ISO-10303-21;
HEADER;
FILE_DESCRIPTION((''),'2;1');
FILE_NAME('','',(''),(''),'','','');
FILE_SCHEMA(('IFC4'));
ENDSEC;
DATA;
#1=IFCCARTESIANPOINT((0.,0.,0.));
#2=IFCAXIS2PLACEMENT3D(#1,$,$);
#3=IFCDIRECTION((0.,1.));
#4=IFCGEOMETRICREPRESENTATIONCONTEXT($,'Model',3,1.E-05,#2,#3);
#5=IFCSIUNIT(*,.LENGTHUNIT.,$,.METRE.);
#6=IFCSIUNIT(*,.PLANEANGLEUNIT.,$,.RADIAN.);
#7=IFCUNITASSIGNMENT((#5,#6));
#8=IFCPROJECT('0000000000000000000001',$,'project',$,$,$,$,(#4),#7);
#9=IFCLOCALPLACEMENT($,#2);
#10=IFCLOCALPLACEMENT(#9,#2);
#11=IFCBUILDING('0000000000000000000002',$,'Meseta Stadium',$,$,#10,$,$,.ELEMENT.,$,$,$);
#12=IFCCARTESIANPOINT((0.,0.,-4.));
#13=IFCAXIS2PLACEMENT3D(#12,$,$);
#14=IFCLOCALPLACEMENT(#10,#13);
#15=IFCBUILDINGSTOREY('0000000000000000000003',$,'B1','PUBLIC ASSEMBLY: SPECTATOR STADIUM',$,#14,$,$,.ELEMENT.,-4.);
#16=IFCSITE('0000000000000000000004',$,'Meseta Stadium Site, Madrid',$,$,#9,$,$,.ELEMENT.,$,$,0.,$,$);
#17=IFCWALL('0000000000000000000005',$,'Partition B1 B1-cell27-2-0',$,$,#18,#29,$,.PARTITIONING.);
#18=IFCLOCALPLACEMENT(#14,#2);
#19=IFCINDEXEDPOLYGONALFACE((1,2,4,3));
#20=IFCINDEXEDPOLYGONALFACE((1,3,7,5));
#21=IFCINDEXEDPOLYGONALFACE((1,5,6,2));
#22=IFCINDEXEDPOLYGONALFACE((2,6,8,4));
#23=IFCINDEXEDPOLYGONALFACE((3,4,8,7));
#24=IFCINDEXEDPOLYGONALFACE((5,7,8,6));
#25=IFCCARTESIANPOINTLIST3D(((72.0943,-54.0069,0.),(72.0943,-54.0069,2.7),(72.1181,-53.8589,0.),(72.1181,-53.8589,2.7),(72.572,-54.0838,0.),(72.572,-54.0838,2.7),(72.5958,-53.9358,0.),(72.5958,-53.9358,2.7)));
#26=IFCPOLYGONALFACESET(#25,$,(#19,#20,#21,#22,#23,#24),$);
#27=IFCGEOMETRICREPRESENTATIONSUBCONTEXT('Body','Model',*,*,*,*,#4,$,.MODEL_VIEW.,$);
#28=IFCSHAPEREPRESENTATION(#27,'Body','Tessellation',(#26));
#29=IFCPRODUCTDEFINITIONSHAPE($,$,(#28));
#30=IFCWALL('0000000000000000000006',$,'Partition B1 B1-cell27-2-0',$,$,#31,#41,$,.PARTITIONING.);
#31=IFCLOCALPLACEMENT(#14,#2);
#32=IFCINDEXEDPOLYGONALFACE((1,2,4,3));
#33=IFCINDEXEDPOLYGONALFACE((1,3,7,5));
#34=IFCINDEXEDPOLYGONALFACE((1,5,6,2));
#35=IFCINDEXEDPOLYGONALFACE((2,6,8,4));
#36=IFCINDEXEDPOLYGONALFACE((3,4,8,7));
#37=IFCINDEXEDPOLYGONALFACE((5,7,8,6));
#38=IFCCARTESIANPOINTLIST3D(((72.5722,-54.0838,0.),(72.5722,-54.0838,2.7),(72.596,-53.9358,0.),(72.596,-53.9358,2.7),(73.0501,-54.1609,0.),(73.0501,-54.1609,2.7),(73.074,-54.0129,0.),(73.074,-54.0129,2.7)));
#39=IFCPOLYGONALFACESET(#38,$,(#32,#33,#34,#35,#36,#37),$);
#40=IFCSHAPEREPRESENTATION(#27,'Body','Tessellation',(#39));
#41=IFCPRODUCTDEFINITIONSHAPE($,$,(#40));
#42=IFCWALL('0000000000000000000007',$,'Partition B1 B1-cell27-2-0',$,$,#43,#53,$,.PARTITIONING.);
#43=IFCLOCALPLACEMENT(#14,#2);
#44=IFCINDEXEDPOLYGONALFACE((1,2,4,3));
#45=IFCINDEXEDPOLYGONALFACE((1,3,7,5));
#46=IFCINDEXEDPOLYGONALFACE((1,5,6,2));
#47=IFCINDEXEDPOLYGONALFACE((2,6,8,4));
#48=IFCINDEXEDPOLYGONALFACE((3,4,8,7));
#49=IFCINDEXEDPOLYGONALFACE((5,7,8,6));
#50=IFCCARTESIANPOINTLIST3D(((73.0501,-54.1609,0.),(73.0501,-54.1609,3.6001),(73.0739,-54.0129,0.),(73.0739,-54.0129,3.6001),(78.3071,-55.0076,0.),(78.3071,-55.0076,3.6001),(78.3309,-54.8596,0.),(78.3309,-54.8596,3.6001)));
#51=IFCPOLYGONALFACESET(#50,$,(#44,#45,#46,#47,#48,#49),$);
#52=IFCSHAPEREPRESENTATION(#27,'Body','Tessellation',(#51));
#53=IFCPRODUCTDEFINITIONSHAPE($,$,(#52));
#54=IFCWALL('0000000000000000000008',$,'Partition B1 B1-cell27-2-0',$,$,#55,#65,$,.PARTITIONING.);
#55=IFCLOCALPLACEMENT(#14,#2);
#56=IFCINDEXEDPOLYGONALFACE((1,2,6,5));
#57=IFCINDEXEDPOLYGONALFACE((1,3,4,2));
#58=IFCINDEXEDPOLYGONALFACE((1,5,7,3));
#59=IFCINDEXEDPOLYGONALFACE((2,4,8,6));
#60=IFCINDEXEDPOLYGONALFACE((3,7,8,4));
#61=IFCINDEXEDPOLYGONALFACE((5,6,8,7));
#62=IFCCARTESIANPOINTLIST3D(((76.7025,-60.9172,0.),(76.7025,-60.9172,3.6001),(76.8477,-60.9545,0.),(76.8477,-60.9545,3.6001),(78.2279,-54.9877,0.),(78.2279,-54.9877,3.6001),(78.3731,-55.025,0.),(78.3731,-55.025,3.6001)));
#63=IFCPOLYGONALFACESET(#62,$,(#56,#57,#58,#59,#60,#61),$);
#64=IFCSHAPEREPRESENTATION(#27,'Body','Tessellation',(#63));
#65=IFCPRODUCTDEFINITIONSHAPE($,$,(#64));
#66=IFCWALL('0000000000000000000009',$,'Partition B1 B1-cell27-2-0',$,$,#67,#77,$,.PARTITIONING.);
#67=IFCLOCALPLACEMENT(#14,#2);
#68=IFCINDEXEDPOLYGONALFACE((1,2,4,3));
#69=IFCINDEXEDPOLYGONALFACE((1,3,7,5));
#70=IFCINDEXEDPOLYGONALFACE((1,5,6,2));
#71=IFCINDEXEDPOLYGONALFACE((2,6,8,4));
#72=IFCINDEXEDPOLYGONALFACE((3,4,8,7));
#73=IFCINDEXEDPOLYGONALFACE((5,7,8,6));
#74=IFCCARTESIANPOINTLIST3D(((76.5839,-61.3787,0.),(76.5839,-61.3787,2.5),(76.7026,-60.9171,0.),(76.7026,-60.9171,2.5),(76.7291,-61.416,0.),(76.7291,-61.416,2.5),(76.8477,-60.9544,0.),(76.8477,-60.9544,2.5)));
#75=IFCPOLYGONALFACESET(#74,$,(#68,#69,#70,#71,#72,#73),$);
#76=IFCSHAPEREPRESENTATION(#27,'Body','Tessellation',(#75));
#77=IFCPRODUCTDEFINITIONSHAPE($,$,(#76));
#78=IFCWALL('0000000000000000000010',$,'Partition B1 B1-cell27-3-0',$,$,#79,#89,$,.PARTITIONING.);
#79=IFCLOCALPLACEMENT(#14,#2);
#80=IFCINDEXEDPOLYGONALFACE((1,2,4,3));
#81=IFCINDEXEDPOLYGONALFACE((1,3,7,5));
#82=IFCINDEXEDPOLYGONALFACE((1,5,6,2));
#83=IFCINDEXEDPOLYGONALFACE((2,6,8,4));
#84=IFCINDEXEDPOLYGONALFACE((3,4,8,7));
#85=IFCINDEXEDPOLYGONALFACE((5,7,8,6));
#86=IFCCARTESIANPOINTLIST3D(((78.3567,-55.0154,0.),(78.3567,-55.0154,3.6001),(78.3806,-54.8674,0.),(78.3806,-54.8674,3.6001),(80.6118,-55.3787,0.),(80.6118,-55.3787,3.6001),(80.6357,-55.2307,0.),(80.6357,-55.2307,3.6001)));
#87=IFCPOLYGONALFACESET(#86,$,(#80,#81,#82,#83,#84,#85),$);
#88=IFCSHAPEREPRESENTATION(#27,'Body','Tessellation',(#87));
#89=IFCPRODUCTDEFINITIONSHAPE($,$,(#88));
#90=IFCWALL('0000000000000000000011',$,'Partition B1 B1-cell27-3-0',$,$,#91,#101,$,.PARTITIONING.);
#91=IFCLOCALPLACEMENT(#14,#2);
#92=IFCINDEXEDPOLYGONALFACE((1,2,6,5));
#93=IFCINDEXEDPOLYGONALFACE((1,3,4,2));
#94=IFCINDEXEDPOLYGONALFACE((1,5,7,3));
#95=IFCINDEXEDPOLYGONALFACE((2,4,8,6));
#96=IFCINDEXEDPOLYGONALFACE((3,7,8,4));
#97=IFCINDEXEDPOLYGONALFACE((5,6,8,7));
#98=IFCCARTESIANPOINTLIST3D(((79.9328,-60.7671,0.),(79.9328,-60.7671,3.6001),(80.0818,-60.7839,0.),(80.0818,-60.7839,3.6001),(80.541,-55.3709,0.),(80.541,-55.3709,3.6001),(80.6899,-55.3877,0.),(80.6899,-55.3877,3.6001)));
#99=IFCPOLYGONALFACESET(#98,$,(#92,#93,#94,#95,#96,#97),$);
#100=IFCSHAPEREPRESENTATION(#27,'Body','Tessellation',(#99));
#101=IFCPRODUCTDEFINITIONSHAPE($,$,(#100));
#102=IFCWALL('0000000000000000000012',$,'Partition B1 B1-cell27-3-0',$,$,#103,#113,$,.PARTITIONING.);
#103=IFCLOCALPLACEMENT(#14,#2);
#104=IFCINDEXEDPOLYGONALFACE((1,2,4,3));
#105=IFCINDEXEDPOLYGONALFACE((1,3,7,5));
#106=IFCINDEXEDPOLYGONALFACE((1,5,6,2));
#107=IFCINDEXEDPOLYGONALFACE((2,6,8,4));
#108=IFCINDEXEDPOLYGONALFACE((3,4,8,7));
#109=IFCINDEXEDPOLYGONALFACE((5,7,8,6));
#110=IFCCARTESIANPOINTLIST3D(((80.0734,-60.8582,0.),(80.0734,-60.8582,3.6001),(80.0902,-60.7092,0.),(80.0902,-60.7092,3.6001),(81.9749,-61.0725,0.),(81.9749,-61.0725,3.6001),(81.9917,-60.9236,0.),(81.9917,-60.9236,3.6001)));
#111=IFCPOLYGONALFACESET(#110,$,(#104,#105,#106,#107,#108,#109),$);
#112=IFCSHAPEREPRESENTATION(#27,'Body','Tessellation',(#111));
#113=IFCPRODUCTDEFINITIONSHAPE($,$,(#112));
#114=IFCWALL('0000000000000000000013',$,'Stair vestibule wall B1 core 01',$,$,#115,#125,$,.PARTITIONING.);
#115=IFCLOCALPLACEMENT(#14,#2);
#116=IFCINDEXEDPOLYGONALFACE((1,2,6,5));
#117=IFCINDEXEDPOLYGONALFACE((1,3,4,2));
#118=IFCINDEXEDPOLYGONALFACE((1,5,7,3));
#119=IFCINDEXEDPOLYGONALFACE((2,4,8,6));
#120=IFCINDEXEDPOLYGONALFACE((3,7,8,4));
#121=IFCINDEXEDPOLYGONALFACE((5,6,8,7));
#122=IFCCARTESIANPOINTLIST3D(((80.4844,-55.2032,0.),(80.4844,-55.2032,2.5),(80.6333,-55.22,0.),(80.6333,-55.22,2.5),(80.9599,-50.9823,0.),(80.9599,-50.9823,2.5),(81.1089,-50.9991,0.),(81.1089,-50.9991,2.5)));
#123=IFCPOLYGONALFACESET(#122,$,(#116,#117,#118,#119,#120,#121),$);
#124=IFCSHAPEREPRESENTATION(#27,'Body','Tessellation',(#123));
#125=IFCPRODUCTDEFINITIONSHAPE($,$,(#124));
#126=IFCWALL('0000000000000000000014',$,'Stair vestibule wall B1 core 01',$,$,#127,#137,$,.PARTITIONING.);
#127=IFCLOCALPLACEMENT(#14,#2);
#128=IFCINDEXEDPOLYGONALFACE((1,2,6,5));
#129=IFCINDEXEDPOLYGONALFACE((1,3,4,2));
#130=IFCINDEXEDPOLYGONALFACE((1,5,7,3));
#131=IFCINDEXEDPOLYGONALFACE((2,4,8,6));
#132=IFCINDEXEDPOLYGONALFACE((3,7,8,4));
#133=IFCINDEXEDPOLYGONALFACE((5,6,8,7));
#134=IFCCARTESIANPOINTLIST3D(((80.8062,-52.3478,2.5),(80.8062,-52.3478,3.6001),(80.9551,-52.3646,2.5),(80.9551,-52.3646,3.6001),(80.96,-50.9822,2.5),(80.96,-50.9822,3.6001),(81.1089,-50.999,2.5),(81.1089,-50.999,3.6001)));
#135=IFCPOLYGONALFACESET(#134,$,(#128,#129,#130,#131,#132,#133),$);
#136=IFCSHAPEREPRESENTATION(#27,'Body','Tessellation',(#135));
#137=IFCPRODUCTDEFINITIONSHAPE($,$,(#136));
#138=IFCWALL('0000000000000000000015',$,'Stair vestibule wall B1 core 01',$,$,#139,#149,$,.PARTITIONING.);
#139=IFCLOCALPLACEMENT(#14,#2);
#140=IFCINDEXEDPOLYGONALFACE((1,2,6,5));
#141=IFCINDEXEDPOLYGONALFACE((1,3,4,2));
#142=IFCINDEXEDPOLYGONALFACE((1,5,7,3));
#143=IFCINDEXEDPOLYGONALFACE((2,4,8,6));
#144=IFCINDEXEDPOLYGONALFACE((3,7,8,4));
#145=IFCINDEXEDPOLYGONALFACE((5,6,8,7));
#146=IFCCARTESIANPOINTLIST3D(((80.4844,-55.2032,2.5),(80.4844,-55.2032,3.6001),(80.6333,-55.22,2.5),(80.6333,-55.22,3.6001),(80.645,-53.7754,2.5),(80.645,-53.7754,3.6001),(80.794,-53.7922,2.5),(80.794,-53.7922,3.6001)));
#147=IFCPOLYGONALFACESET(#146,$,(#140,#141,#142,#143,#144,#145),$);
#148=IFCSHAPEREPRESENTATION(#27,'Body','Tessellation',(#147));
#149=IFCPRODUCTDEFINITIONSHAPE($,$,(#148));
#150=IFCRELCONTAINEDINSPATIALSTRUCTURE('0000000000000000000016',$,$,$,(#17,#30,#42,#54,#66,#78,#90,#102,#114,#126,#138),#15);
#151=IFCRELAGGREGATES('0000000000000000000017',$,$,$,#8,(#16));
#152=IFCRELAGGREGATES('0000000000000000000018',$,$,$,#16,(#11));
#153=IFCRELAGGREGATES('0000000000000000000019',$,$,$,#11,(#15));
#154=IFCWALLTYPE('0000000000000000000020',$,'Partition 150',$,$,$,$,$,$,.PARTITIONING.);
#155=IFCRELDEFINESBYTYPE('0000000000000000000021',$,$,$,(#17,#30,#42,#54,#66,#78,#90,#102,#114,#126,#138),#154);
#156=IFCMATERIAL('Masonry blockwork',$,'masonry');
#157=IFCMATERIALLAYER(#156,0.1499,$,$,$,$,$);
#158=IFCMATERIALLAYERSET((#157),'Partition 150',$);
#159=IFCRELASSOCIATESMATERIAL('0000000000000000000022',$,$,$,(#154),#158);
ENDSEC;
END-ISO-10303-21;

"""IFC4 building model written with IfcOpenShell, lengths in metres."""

from ifc_helpers import new_model, si_unit, direction, frame, frame_2d, origin, place, context, subcontext, project, spatial, rectangle, extrude, material, layer, layer_set, type_object, element, save


model = new_model("IFC4")

# Units and contexts
model_context = context("Model", 3, precision=1e-05, world=origin(), true_north=direction((0.0, 1.0)))
body_context = subcontext(model_context, "Body", "Model", "MODEL_VIEW")
ifc_project = project(units=[si_unit("LENGTHUNIT", "METRE"), si_unit("PLANEANGLEUNIT", "RADIAN")], contexts=[model_context])

# Site, building, storey
site_placement = place(None, origin())
site = spatial("IfcSite", under=ifc_project, at=site_placement, Name="Meseta Stadium Site, Madrid", CompositionType="ELEMENT", RefElevation=0.0)
building_placement = place(site_placement, origin())
building = spatial("IfcBuilding", under=site, at=building_placement, Name="Meseta Stadium", CompositionType="ELEMENT")
storey_placement = place(building_placement, frame((0.0, 0.0, -4.0)))
storey = spatial("IfcBuildingStorey", under=building, at=storey_placement, Name="B1", Description="PUBLIC ASSEMBLY: SPECTATOR STADIUM", CompositionType="ELEMENT", Elevation=-4.0)

# Shared definitions
ifc_material_1 = material(Name="Masonry blockwork", Category="masonry")
ifc_layer = layer(ifc_material_1, 0.1499)
ifc_layer_set = layer_set([ifc_layer], Name="Partition 150")
wall_type = type_object("IfcWallType", Name="Partition 150", PredefinedType="PARTITIONING", material=ifc_layer_set)

# Walls
wall_1_placement = place(storey_placement, frame((72.1062, -53.9329, 0.0), z_axis=(0.0, 0.0, 1.0), x_axis=(0.987292, -0.158915, 0.0)))
element("IfcWall", 1, at=wall_1_placement, inside=storey, type_object=wall_type, Name="Partition B1 B1-cell27-2-0", PredefinedType="PARTITIONING", context=body_context, shape_type="SweptSolid", body=[
    extrude(rectangle(XDim=0.4839, YDim=0.1499, at=frame_2d((0.2419, 0.0))), origin(), (0.0, 0.0, 1.0), 2.7),
])
wall_2_placement = place(storey_placement, frame((72.584, -54.0098, 0.0), z_axis=(0.0, 0.0, 1.0), x_axis=(0.987226, -0.159328, 0.0)))
element("IfcWall", 2, at=wall_2_placement, inside=storey, type_object=wall_type, Name="Partition B1 B1-cell27-2-0", PredefinedType="PARTITIONING", context=body_context, shape_type="SweptSolid", body=[
    extrude(rectangle(XDim=0.4841, YDim=0.1499, at=frame_2d((0.2422, 0.0))), origin(), (0.0, 0.0, 1.0), 2.7),
])
wall_3_placement = place(storey_placement, frame((73.062, -54.0869, 0.0), z_axis=(0.0, 0.0, 1.0), x_axis=(0.987278, -0.159006, 0.0)))
element("IfcWall", 3, at=wall_3_placement, inside=storey, type_object=wall_type, Name="Partition B1 B1-cell27-2-0", PredefinedType="PARTITIONING", context=body_context, shape_type="SweptSolid", body=[
    extrude(rectangle(XDim=5.3247, YDim=0.1499, at=frame_2d((2.6624, 0.0))), origin(), (0.0, 0.0, 1.0), 3.6001),
])
wall_4_placement = place(storey_placement, frame((78.3005, -55.0063, 0.0), z_axis=(0.0, 0.0, 1.0), x_axis=(-0.249145, -0.968466, 0.0)))
element("IfcWall", 4, at=wall_4_placement, inside=storey, type_object=wall_type, Name="Partition B1 B1-cell27-2-0", PredefinedType="PARTITIONING", context=body_context, shape_type="SweptSolid", body=[
    extrude(rectangle(XDim=6.1226, YDim=0.1499, at=frame_2d((3.0613, 0.0))), origin(), (0.0, 0.0, 1.0), 3.6001),
])
wall_5_placement = place(storey_placement, frame((76.7751, -60.9358, 0.0), z_axis=(0.0, 0.0, 1.0), x_axis=(-0.248918, -0.968525, 0.0)))
element("IfcWall", 5, at=wall_5_placement, inside=storey, type_object=wall_type, Name="Partition B1 B1-cell27-2-0", PredefinedType="PARTITIONING", context=body_context, shape_type="SweptSolid", body=[
    extrude(rectangle(XDim=0.4766, YDim=0.1499, at=frame_2d((0.2383, 0.0))), origin(), (0.0, 0.0, 1.0), 2.5),
])
wall_6_placement = place(storey_placement, frame((78.3687, -54.9414, 0.0), z_axis=(0.0, 0.0, 1.0), x_axis=(0.987272, -0.159041, 0.0)))
element("IfcWall", 6, at=wall_6_placement, inside=storey, type_object=wall_type, Name="Partition B1 B1-cell27-3-0", PredefinedType="PARTITIONING", context=body_context, shape_type="SweptSolid", body=[
    extrude(rectangle(XDim=2.2842, YDim=0.1499, at=frame_2d((1.1421, 0.0))), origin(), (0.0, 0.0, 1.0), 3.6001),
])
wall_7_placement = place(storey_placement, frame((80.6155, -55.3792, 0.0), z_axis=(0.0, 0.0, 1.0), x_axis=(-0.111991, -0.993709, 0.0)))
element("IfcWall", 7, at=wall_7_placement, inside=storey, type_object=wall_type, Name="Partition B1 B1-cell27-3-0", PredefinedType="PARTITIONING", context=body_context, shape_type="SweptSolid", body=[
    extrude(rectangle(XDim=5.4304, YDim=0.1499, at=frame_2d((2.7153, 0.0))), origin(), (0.0, 0.0, 1.0), 3.6001),
])
wall_8_placement = place(storey_placement, frame((80.0818, -60.7837, 0.0), z_axis=(0.0, 0.0, 1.0), x_axis=(0.993707, -0.112014, 0.0)))
element("IfcWall", 8, at=wall_8_placement, inside=storey, type_object=wall_type, Name="Partition B1 B1-cell27-3-0", PredefinedType="PARTITIONING", context=body_context, shape_type="SweptSolid", body=[
    extrude(rectangle(XDim=1.9136, YDim=0.1499, at=frame_2d((0.9568, 0.0))), origin(), (0.0, 0.0, 1.0), 3.6001),
])
wall_9_placement = place(storey_placement, frame((81.0344, -50.9907, 0.0), z_axis=(0.0, 0.0, 1.0), x_axis=(-0.111964, -0.993712, 0.0)))
element("IfcWall", 9, at=wall_9_placement, inside=storey, type_object=wall_type, Name="Stair vestibule wall B1 core 01", PredefinedType="PARTITIONING", context=body_context, shape_type="SweptSolid", body=[
    extrude(rectangle(XDim=4.2476, YDim=0.1499, at=frame_2d((2.1238, 0.0))), origin(), (0.0, 0.0, 1.0), 2.5),
])
wall_10_placement = place(storey_placement, frame((81.0344, -50.9907, 2.5), z_axis=(0.0, 0.0, 1.0), x_axis=(-0.111913, -0.993718, 0.0)))
element("IfcWall", 10, at=wall_10_placement, inside=storey, type_object=wall_type, Name="Stair vestibule wall B1 core 01", PredefinedType="PARTITIONING", context=body_context, shape_type="SweptSolid", body=[
    extrude(rectangle(XDim=1.3743, YDim=0.1499, at=frame_2d((0.687, 0.0))), origin(), (0.0, 0.0, 1.0), 1.1001),
])
wall_11_placement = place(storey_placement, frame((80.7195, -53.7839, 2.5), z_axis=(0.0, 0.0, 1.0), x_axis=(-0.111812, -0.993729, 0.0)))
element("IfcWall", 11, at=wall_11_placement, inside=storey, type_object=wall_type, Name="Stair vestibule wall B1 core 01", PredefinedType="PARTITIONING", context=body_context, shape_type="SweptSolid", body=[
    extrude(rectangle(XDim=1.4368, YDim=0.1499, at=frame_2d((0.7183, 0.0))), origin(), (0.0, 0.0, 1.0), 1.1001),
])

save(model, "model.ifc")
